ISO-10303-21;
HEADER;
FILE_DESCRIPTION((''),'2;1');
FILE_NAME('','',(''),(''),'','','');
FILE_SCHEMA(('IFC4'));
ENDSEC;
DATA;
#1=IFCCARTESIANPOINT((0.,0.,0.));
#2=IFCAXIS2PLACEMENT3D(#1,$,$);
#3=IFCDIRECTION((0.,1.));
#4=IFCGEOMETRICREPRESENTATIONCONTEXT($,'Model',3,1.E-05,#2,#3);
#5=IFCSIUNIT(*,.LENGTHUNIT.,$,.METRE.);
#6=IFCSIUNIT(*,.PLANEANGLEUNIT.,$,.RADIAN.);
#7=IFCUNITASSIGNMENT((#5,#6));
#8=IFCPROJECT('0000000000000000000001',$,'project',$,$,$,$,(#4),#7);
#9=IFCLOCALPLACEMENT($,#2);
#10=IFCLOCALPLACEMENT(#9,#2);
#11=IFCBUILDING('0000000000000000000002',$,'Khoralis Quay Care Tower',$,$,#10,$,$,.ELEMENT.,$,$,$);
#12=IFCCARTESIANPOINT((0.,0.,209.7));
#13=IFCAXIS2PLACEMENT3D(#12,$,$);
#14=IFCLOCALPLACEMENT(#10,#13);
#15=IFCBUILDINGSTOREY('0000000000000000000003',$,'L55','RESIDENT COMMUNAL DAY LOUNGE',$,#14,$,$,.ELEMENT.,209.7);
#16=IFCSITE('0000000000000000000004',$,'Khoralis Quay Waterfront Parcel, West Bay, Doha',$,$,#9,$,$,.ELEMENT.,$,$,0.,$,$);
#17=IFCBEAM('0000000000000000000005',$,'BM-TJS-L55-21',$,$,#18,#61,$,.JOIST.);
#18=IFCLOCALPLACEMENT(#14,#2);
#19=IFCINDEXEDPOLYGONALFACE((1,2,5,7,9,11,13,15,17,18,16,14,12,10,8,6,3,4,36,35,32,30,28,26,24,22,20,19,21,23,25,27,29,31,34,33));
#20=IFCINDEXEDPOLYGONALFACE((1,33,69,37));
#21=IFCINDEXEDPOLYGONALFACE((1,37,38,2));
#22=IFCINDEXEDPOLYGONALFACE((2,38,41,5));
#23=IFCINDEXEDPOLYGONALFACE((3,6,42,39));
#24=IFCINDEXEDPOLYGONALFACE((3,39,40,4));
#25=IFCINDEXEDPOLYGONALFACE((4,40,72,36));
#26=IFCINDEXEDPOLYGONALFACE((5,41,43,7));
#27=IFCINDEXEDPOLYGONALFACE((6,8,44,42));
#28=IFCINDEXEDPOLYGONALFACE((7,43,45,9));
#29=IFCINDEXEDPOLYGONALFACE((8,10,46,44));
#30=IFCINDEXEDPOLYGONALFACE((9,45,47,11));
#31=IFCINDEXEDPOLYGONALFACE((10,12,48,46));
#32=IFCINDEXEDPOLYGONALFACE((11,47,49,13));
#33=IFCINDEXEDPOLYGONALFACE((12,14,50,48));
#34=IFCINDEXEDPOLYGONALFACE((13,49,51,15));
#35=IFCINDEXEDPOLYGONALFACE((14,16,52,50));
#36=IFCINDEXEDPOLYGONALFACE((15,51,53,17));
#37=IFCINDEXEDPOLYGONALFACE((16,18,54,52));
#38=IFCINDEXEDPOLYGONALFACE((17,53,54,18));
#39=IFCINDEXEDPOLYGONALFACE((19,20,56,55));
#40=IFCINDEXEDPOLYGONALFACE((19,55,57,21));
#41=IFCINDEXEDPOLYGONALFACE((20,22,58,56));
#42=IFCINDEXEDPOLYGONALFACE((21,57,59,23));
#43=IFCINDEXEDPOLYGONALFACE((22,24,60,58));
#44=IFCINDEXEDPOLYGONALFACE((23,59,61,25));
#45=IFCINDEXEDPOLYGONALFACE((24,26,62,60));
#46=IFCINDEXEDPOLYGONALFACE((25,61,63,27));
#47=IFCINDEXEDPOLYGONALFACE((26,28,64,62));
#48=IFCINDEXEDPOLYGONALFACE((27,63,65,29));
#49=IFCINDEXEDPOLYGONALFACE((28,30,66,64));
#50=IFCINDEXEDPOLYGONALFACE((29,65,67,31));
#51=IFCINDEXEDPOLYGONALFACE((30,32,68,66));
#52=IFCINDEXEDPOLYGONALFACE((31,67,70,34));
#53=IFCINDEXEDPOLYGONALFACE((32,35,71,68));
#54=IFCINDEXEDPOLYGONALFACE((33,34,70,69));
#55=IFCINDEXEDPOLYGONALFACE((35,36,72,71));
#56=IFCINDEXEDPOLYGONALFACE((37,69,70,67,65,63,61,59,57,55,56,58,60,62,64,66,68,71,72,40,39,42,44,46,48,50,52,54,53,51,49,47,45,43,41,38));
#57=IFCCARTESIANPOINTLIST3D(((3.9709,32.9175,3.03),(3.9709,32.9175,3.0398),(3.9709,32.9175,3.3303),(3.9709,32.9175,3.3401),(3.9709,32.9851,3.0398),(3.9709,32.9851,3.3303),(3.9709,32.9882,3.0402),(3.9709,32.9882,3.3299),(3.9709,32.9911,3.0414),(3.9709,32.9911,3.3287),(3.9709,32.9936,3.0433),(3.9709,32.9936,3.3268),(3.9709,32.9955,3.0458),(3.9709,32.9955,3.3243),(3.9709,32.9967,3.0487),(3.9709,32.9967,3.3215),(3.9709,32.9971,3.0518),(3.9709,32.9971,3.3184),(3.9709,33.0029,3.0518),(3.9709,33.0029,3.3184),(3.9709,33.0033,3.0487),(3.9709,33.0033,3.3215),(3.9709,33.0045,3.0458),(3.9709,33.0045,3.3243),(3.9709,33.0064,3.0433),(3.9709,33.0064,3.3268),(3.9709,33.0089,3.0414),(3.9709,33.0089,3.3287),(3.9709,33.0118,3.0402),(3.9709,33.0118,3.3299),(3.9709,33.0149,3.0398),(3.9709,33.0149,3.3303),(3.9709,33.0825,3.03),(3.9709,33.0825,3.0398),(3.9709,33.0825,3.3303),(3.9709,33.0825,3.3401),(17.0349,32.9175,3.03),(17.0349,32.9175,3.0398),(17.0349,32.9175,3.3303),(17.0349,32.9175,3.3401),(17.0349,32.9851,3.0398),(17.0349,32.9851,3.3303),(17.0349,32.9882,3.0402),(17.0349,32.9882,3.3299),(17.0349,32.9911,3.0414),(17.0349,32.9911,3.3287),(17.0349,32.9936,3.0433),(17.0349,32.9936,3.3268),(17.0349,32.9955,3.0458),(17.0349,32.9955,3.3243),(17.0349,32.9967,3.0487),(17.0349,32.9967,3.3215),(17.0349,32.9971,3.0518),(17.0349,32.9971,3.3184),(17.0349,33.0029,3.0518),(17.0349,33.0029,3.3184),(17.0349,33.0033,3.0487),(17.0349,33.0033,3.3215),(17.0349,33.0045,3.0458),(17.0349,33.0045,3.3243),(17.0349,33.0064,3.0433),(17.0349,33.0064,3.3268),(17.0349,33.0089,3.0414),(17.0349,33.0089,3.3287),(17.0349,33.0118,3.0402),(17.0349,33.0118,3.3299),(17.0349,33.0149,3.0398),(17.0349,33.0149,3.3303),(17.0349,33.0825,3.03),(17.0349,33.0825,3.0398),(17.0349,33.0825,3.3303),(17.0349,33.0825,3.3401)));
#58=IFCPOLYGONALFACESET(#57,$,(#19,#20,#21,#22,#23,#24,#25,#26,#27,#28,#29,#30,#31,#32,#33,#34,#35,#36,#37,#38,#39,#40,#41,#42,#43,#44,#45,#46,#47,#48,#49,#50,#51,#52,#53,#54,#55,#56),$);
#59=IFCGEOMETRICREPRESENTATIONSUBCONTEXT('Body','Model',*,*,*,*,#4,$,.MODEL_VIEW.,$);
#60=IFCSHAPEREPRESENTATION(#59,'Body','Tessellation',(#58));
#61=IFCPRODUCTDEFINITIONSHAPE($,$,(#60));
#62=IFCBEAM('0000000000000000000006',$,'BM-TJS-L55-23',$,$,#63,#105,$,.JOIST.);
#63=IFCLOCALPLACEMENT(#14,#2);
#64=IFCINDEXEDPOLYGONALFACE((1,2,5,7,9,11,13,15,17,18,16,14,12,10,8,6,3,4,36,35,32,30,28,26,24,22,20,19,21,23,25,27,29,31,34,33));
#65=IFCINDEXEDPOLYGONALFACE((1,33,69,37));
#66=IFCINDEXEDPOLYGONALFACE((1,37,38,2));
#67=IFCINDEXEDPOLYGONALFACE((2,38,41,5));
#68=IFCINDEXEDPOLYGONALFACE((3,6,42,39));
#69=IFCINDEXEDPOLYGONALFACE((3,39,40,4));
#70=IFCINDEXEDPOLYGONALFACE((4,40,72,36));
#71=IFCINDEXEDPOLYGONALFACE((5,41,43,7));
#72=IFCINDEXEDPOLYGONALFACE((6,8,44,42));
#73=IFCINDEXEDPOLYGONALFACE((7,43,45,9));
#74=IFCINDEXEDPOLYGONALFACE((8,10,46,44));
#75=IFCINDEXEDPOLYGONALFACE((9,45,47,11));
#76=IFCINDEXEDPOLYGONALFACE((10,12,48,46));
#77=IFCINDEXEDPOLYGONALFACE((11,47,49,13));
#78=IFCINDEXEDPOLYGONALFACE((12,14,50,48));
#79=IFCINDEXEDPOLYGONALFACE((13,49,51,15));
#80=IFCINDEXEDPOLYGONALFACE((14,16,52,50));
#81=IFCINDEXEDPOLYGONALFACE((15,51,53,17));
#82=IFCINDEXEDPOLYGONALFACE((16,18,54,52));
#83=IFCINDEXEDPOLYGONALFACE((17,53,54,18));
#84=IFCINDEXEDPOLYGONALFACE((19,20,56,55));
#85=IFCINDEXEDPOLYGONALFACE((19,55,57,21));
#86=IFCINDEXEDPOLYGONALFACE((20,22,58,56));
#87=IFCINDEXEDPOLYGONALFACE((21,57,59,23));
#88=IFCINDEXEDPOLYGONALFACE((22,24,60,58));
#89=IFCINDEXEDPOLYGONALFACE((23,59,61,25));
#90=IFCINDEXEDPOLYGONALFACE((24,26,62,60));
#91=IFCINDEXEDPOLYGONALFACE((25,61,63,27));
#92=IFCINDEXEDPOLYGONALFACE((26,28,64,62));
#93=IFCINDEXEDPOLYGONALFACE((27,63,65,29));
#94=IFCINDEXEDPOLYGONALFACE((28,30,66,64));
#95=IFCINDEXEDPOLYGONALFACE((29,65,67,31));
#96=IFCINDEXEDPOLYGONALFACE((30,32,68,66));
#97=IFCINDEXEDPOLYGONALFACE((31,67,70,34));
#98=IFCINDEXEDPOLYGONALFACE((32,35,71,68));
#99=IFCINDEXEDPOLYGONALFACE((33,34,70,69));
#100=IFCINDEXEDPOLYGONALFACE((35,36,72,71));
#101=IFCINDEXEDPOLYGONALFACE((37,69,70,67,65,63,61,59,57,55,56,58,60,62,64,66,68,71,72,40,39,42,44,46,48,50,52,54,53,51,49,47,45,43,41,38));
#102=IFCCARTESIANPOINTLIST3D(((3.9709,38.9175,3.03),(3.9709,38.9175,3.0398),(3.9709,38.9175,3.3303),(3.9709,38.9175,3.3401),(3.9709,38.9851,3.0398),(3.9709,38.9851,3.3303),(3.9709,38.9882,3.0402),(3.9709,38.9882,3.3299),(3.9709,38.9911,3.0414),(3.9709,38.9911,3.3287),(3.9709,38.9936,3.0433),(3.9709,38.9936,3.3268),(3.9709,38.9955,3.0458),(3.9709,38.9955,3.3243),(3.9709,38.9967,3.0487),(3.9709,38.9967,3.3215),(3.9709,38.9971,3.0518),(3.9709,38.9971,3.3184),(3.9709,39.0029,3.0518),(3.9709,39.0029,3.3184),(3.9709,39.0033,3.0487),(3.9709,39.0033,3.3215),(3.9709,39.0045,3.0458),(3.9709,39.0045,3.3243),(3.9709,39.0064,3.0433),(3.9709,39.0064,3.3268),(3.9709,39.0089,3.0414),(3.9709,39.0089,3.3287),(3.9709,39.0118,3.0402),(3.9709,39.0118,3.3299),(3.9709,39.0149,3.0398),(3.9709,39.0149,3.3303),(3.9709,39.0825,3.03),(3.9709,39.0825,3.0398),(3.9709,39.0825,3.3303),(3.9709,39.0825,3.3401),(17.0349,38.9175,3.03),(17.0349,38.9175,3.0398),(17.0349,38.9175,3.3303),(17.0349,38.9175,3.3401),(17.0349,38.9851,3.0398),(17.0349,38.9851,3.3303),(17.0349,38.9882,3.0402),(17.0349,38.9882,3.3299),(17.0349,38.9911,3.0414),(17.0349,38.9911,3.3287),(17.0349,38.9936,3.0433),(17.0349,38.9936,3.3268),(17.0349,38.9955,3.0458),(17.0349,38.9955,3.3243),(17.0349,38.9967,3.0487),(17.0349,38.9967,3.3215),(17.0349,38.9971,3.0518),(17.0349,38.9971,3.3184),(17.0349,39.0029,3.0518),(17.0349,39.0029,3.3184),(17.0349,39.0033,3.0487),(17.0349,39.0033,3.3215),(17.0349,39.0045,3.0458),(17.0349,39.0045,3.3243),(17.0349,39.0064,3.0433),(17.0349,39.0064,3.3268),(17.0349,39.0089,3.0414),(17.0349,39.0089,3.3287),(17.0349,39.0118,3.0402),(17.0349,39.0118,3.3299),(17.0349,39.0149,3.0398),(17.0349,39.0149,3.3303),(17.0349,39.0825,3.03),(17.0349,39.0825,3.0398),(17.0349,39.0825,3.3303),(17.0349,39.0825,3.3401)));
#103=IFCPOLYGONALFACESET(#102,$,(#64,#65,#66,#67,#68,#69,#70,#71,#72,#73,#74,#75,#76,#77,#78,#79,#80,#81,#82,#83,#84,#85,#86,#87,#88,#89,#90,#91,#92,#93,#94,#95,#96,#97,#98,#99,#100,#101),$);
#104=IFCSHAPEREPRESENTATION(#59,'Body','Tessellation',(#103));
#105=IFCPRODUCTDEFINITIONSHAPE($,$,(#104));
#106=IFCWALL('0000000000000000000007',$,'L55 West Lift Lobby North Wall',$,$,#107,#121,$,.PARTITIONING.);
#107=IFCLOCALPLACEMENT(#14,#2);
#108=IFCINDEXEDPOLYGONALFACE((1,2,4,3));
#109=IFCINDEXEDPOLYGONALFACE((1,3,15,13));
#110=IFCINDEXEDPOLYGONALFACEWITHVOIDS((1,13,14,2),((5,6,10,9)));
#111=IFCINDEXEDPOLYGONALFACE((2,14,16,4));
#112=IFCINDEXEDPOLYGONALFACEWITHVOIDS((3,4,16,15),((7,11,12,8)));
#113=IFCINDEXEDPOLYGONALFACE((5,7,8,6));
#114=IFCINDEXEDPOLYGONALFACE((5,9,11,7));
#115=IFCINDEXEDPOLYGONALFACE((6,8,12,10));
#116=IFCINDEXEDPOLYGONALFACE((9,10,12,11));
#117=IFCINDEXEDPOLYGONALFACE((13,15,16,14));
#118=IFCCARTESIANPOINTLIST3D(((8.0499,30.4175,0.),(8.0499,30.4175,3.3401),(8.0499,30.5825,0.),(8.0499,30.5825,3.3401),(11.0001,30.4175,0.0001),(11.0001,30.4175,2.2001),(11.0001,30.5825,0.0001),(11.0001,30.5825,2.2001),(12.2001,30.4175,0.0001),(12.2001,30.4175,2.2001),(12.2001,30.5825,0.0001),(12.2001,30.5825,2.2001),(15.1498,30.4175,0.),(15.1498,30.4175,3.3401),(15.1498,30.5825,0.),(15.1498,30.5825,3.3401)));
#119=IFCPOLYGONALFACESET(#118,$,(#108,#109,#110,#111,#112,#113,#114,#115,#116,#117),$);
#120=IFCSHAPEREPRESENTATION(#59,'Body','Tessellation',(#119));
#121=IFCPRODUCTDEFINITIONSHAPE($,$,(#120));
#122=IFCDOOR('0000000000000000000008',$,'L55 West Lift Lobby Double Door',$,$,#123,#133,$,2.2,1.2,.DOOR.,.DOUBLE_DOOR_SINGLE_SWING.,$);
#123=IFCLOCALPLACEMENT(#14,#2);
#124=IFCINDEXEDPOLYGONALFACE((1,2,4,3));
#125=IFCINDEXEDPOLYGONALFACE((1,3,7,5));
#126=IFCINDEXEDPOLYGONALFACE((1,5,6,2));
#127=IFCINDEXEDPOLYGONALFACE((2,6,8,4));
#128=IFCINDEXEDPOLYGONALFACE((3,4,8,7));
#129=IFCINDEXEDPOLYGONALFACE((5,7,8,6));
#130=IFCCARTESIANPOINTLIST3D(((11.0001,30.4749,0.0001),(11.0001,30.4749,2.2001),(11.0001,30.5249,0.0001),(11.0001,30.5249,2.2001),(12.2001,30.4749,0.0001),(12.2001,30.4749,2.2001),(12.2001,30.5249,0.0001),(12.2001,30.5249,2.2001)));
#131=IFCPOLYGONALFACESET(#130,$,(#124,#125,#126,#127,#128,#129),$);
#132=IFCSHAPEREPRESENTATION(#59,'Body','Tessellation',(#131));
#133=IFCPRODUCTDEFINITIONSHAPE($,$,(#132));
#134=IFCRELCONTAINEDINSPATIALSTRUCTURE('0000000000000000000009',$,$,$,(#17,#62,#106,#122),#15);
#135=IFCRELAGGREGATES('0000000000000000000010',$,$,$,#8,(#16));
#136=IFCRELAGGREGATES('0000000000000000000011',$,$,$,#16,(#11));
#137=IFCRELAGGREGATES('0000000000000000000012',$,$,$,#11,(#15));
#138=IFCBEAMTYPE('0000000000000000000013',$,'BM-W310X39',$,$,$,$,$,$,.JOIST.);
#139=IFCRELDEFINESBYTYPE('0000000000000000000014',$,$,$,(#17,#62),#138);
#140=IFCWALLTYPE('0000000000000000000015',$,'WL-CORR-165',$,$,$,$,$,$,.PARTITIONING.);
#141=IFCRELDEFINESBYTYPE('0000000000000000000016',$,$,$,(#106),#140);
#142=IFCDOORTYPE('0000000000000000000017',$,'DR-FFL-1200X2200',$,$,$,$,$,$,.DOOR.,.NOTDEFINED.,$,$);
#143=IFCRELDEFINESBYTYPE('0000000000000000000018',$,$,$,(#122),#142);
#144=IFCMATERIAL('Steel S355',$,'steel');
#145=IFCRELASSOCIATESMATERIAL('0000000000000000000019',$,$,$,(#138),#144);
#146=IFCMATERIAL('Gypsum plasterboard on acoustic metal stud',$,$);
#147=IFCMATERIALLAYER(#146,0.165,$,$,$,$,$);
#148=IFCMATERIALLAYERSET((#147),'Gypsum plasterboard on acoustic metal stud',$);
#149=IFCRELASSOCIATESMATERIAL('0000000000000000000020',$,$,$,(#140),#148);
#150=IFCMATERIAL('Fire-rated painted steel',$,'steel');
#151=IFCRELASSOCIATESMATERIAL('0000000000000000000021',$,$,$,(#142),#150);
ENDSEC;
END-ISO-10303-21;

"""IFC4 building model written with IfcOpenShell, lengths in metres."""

from ifc_helpers import new_model, si_unit, direction, frame, frame_2d, origin, origin_2d, place, context, subcontext, project, spatial, rectangle, i_section, extrude, source, transform, mapped, material, layer, layer_set, material_profile, profile_set, type_object, element, fill, save


model = new_model("IFC4")

# Units and contexts
model_context = context("Model", 3, precision=1e-05, world=origin(), true_north=direction((0.0, 1.0)))
body_context = subcontext(model_context, "Body", "Model", "MODEL_VIEW")
ifc_project = project(units=[si_unit("LENGTHUNIT", "METRE"), si_unit("PLANEANGLEUNIT", "RADIAN")], contexts=[model_context])

# Site, building, storey
site_placement = place(None, origin())
site = spatial("IfcSite", under=ifc_project, at=site_placement, Name="Khoralis Quay Waterfront Parcel, West Bay, Doha", CompositionType="ELEMENT", RefElevation=0.0)
building_placement = place(site_placement, origin())
building = spatial("IfcBuilding", under=site, at=building_placement, Name="Khoralis Quay Care Tower", CompositionType="ELEMENT")
storey_placement = place(building_placement, frame((0.0, 0.0, 209.7)))
storey = spatial("IfcBuildingStorey", under=building, at=storey_placement, Name="L55", Description="RESIDENT COMMUNAL DAY LOUNGE", CompositionType="ELEMENT", Elevation=209.7)

# Beams
ifc_material_1 = material(Name="Steel S355", Category="steel")
ifc_material_profile_1 = material_profile(ifc_material_1, i_section(OverallWidth=0.165, OverallDepth=0.3101, WebThickness=0.0059, FlangeThickness=0.0098, FilletRadius=0.012, at=origin_2d()), Name="Steel S355")
ifc_profile_set_1 = profile_set([ifc_material_profile_1], Name="Steel S355")
beam_type_1 = type_object("IfcBeamType", Name="BM-W310X39", PredefinedType="JOIST", material=ifc_profile_set_1)
shared_shape_1 = source(origin(), body_context, "Body", "SweptSolid", [
    extrude(i_section(OverallWidth=0.165, OverallDepth=0.3101, WebThickness=0.0059, FlangeThickness=0.0098, FilletRadius=0.012, at=origin_2d()), origin(), (0.0, 0.0, 1.0), 13.064),
])
for number, where, z_axis, x_axis, name in (
    (1, (3.9709, 33.0, 3.1851), (1.0, 0.0, 0.0), (0.0, 1.0, 0.0), "BM-TJS-L55-21"),
    (2, (3.9709, 39.0, 3.1851), (1.0, 0.0, 0.0), (0.0, 1.0, 0.0), "BM-TJS-L55-23"),
):
    element("IfcBeam", number, at=place(storey_placement, frame(where, z_axis=z_axis, x_axis=x_axis)), inside=storey, type_object=beam_type_1, Name=name, PredefinedType="JOIST", context=body_context, shape_type="MappedRepresentation", body=[
        mapped(shared_shape_1, transform((0.0, 0.0, 0.0), scale=1.0)),
    ])

# Wall, opening, door
ifc_material_2 = material(Name="Gypsum plasterboard on acoustic metal stud")
ifc_layer_1 = layer(ifc_material_2, 0.165)
ifc_layer_set_1 = layer_set([ifc_layer_1], Name="Gypsum plasterboard on acoustic metal stud")
wall_type_1 = type_object("IfcWallType", Name="WL-CORR-165", PredefinedType="PARTITIONING", material=ifc_layer_set_1)
wall_1_placement = place(storey_placement, frame((8.05, 30.5, 0.0), z_axis=(0.0, 0.0, 1.0), x_axis=(1.0, 0.0, 0.0)))
wall_1 = element("IfcWall", 3, at=wall_1_placement, inside=storey, type_object=wall_type_1, Name="L55 West Lift Lobby North Wall", PredefinedType="PARTITIONING", context=body_context, shape_type="SweptSolid", body=[
    extrude(rectangle(XDim=7.0999, YDim=0.165, at=frame_2d((3.5498, 0.0))), origin(), (0.0, 0.0, 1.0), 3.3401),
])
opening_1_placement = place(wall_1_placement, frame((2.95, 0.0, 0.0)))
opening_1 = element("IfcOpeningElement", 4, at=opening_1_placement, cuts=wall_1, PredefinedType="OPENING", context=body_context, shape_type="SweptSolid", body=[
    extrude(rectangle(XDim=1.2, YDim=2.2, at=frame_2d((0.6001, 1.1001))), frame((0.0, 0.0925, 0.0), z_axis=(0.0, -1.0, 0.0), x_axis=(1.0, 0.0, 0.0)), (0.0, 0.0, 1.0), 0.1851),
])
ifc_material_3 = material(Name="Fire-rated painted steel", Category="steel")
door_type_1 = type_object("IfcDoorType", Name="DR-FFL-1200X2200", OperationType="NOTDEFINED", PredefinedType="DOOR", material=ifc_material_3)
shared_shape_2 = source(origin(), body_context, "Body", "SweptSolid", [
    extrude(rectangle(XDim=1.2, YDim=2.2, at=frame_2d((0.6001, 1.1001))), frame((0.0, 0.0249, 0.0), z_axis=(0.0, -1.0, 0.0), x_axis=(1.0, 0.0, 0.0)), (0.0, 0.0, 1.0), 0.05),
])
door_1_placement = place(opening_1_placement, origin())
door_1 = element("IfcDoor", 5, at=door_1_placement, inside=storey, type_object=door_type_1, Name="L55 West Lift Lobby Double Door", OperationType="DOUBLE_DOOR_SINGLE_SWING", OverallHeight=2.2, OverallWidth=1.2, PredefinedType="DOOR", context=body_context, shape_type="MappedRepresentation", body=[
    mapped(shared_shape_2, transform((0.0, 0.0, 0.0), scale=1.0)),
])
fill(opening_1, door_1)

save(model, "model.ifc")
